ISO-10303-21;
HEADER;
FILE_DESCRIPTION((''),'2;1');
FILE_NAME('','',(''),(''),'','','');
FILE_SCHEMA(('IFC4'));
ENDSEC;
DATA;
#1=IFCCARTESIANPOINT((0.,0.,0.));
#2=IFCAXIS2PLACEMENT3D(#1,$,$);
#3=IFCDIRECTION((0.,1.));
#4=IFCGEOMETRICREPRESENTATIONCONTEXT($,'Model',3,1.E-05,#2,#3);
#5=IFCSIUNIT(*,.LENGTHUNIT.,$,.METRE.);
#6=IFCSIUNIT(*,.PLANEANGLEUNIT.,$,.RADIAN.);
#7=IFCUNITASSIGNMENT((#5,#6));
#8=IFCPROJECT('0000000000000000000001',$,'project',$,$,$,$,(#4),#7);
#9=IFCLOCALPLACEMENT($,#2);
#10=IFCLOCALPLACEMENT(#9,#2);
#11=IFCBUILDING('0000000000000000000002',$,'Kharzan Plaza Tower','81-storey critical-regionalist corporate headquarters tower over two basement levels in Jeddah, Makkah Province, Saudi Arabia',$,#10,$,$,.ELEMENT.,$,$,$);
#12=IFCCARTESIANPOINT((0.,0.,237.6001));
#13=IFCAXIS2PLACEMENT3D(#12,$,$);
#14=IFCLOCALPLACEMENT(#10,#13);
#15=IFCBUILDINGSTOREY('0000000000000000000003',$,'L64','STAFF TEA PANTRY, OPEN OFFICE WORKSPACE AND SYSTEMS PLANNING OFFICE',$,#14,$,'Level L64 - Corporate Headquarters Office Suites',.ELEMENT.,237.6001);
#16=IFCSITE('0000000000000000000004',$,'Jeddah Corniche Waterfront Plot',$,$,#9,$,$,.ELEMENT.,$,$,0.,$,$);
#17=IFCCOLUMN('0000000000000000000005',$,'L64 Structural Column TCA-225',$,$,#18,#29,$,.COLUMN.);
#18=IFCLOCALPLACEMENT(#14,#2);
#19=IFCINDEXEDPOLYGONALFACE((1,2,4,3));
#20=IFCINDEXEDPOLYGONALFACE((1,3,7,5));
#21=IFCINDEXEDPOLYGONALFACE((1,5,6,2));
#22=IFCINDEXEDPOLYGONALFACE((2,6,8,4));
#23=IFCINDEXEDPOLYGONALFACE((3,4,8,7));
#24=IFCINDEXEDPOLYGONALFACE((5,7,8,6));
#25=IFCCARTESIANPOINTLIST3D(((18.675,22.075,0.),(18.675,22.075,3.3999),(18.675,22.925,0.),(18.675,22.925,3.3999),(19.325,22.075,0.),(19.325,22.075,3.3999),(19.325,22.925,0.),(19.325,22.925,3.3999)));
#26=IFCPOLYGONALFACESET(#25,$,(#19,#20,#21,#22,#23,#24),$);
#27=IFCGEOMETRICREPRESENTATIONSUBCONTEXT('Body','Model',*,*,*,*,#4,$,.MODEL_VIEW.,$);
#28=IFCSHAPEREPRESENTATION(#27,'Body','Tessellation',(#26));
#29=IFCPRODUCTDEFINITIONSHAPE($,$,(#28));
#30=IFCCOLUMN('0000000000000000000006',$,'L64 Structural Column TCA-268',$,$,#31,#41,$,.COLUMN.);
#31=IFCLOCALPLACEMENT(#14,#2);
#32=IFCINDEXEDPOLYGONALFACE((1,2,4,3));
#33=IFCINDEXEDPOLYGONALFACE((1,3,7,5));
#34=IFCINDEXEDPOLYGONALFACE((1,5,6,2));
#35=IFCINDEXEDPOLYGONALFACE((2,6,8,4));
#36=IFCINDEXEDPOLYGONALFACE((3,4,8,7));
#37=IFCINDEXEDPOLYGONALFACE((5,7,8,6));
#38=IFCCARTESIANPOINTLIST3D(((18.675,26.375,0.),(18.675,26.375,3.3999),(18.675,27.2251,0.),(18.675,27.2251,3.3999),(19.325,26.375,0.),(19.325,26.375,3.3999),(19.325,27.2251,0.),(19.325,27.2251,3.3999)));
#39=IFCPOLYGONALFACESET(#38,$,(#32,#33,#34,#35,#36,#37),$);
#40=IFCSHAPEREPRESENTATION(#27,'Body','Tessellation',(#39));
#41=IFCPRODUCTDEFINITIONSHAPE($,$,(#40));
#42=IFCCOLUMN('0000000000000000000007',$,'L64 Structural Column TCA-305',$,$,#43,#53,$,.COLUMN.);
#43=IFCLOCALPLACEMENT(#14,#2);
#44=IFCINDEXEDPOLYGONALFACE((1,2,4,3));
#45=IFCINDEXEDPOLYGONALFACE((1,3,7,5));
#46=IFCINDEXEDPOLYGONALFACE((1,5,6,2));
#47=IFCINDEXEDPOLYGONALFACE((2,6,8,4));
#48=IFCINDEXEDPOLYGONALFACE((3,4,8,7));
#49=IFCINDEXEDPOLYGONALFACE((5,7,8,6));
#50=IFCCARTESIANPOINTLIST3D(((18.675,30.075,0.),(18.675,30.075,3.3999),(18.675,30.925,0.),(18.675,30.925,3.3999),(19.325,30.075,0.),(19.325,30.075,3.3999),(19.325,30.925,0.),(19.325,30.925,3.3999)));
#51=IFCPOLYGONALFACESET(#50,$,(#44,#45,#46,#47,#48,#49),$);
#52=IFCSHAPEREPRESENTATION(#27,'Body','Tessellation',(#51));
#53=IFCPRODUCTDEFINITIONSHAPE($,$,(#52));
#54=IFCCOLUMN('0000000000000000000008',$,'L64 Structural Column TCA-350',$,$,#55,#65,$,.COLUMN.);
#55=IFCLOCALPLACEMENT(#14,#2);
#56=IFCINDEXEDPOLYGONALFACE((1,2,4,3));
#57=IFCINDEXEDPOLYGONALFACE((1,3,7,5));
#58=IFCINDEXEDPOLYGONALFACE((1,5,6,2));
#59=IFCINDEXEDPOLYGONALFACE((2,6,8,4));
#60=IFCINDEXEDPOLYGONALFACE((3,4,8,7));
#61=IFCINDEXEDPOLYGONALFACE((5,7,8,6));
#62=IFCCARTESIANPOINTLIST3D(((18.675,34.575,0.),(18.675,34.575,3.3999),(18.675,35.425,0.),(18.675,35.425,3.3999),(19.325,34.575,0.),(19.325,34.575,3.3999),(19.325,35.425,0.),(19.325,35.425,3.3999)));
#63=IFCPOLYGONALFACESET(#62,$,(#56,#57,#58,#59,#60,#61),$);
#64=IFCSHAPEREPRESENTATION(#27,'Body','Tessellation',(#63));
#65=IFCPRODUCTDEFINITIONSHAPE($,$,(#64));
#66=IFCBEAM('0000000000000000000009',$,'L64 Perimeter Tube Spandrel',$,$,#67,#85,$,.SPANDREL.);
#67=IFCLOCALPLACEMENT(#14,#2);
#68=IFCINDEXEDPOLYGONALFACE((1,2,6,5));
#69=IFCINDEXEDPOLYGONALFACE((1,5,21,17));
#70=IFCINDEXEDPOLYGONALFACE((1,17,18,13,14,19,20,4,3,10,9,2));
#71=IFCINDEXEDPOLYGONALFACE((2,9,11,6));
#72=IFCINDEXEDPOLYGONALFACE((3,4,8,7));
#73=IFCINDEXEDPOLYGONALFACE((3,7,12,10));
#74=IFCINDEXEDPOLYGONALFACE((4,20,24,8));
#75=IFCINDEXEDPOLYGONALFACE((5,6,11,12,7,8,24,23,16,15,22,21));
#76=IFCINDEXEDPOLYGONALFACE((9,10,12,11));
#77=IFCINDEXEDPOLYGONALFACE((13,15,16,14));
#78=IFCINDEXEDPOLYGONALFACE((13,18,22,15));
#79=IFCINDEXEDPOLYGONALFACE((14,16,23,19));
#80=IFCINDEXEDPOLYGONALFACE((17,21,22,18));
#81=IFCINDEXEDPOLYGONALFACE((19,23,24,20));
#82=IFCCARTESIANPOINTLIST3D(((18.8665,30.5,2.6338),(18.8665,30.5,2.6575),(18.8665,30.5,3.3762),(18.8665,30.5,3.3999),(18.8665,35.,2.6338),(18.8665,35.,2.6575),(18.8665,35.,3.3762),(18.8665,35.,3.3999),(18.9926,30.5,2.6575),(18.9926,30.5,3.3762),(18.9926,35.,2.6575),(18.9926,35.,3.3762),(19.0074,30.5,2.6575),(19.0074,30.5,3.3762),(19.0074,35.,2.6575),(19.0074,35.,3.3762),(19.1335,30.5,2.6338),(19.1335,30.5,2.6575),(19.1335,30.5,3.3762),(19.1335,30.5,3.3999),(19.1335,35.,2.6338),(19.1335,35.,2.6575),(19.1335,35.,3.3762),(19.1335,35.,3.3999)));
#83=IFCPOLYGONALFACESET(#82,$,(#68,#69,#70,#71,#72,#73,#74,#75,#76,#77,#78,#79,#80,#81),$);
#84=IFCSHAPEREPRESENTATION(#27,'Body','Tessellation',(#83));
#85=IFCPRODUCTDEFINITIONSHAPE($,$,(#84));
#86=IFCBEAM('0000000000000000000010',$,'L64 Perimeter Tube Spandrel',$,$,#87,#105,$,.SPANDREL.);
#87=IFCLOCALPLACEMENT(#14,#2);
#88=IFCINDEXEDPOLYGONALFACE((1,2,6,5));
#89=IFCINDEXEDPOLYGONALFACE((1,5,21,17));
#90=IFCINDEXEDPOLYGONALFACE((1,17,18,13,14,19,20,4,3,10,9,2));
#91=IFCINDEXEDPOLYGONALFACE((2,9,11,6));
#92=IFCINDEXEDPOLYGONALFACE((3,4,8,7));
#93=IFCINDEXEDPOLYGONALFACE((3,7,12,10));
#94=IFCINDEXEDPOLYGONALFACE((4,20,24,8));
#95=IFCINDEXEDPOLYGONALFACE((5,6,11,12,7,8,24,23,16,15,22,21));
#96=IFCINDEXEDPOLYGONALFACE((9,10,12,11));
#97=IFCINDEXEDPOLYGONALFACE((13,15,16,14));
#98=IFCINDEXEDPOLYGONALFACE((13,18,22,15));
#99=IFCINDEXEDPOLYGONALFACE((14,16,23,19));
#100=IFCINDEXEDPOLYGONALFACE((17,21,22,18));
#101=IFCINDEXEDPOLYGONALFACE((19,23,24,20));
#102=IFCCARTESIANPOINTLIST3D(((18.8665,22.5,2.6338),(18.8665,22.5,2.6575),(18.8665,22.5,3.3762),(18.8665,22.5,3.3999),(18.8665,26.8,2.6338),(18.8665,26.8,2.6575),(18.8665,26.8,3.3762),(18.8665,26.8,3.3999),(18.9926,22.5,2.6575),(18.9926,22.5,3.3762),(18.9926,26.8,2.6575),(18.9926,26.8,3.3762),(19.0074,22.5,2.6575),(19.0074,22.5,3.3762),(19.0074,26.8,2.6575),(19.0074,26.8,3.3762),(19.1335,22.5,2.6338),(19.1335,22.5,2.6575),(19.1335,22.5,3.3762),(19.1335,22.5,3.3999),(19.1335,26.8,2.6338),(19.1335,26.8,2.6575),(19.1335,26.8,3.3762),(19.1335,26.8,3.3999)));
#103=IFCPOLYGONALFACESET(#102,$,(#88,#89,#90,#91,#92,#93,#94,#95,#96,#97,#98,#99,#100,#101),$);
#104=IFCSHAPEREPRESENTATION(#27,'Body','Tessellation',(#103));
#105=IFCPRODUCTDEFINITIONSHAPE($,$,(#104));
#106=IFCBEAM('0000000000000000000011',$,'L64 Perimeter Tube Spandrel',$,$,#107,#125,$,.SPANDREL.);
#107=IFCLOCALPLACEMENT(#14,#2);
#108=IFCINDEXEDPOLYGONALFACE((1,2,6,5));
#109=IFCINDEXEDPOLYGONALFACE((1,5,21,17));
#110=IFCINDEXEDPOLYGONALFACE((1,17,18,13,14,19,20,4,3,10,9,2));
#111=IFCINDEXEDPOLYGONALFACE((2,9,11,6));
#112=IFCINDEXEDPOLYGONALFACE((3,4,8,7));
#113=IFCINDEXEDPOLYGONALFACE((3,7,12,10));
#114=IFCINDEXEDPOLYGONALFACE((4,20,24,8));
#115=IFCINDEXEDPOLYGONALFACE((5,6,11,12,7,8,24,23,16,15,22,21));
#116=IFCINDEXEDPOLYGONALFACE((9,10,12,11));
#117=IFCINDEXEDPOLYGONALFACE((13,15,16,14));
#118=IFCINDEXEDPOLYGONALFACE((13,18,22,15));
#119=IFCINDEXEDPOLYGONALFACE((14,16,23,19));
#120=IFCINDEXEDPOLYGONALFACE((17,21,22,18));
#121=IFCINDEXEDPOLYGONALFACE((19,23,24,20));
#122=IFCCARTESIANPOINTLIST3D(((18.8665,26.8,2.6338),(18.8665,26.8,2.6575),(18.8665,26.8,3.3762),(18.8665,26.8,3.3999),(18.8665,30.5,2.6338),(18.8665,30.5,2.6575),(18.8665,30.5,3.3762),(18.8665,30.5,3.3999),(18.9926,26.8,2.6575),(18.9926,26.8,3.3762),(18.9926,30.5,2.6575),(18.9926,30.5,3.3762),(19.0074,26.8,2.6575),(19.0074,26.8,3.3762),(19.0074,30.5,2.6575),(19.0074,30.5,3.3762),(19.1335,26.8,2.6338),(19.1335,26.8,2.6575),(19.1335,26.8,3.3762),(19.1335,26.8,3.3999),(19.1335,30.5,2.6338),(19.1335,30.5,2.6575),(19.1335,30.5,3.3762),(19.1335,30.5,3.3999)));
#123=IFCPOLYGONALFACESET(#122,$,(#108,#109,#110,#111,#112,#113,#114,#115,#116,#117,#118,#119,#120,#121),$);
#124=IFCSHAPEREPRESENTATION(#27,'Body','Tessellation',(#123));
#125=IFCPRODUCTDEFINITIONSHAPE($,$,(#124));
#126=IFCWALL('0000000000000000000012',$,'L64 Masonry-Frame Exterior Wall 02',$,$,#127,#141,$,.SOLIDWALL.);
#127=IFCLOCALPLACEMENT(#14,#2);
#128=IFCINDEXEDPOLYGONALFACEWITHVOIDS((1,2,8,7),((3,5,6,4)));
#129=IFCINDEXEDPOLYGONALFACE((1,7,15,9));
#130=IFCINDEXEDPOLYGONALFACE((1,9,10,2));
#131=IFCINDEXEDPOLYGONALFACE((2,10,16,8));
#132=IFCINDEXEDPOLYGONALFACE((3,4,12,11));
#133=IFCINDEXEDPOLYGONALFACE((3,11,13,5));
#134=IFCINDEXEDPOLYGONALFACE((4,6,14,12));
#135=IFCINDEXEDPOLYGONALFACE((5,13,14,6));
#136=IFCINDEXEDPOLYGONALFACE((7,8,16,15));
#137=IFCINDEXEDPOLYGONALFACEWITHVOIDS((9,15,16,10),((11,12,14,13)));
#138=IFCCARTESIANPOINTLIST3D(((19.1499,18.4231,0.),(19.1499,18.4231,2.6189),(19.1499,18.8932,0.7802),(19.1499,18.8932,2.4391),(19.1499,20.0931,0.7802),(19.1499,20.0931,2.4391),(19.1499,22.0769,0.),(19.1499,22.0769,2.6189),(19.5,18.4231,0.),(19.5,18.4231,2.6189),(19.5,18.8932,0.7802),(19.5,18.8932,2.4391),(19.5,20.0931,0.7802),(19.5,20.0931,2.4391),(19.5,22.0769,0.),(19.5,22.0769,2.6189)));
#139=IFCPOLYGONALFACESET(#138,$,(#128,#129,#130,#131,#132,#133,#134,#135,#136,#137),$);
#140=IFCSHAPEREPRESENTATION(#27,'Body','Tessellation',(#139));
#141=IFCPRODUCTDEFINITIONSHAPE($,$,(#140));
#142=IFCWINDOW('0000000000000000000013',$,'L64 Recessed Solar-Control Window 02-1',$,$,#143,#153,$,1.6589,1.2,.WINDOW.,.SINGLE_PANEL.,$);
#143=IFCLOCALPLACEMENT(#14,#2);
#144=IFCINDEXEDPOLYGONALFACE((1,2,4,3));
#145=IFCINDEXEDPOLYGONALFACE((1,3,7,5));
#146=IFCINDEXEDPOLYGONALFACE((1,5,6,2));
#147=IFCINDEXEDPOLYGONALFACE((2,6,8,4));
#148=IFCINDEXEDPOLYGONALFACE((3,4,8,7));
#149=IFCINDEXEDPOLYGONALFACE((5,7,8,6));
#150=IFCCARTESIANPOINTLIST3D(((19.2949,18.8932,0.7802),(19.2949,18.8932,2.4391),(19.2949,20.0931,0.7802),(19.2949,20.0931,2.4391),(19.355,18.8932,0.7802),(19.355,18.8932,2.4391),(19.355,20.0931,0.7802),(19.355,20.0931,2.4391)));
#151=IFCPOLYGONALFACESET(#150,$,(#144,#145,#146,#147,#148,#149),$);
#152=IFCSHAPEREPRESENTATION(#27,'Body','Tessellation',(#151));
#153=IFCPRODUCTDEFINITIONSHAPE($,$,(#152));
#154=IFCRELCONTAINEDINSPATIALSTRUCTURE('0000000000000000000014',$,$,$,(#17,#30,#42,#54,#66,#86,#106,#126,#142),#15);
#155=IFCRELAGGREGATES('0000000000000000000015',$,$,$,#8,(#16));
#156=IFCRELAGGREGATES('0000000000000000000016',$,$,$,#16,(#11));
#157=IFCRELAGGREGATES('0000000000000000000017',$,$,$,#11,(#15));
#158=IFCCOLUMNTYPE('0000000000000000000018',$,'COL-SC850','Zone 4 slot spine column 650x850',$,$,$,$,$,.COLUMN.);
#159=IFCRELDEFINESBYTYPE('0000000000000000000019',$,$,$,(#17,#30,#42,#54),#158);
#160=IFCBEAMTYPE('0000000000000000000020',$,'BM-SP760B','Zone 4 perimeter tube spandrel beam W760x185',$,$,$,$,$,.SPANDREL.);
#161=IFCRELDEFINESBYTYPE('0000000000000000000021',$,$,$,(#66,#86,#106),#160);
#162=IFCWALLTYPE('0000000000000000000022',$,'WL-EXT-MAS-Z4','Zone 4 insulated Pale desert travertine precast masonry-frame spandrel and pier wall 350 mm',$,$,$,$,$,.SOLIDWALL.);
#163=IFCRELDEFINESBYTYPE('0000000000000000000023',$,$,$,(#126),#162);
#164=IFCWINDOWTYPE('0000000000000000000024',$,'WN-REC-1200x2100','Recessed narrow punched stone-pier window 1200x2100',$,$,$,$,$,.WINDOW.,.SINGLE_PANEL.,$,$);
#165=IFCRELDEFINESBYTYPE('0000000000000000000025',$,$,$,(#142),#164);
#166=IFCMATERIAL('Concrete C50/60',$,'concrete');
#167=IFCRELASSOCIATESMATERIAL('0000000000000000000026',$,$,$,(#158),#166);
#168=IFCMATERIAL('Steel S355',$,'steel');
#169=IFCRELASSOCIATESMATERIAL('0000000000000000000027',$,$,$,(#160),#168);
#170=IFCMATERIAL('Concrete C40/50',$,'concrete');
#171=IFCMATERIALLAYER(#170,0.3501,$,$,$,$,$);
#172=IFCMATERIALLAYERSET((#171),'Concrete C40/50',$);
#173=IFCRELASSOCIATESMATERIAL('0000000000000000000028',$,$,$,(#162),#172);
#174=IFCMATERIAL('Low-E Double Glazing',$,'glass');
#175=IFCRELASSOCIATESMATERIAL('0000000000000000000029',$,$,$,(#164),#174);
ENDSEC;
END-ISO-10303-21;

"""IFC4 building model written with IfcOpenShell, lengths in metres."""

from ifc_helpers import new_model, si_unit, direction, frame, frame_2d, origin, origin_2d, place, context, subcontext, project, spatial, rectangle, i_section, extrude, source, transform, mapped, material, layer, layer_set, material_profile, profile_set, type_object, element, fill, save


model = new_model("IFC4")

# Units and contexts
model_context = context("Model", 3, precision=1e-05, world=origin(), true_north=direction((0.0, 1.0)))
body_context = subcontext(model_context, "Body", "Model", "MODEL_VIEW")
ifc_project = project(units=[si_unit("LENGTHUNIT", "METRE"), si_unit("PLANEANGLEUNIT", "RADIAN")], contexts=[model_context])

# Site, building, storey
site_placement = place(None, origin())
site = spatial("IfcSite", under=ifc_project, at=site_placement, Name="Jeddah Corniche Waterfront Plot", CompositionType="ELEMENT", RefElevation=0.0)
building_placement = place(site_placement, origin())
building = spatial("IfcBuilding", under=site, at=building_placement, Name="Kharzan Plaza Tower", Description="81-storey critical-regionalist corporate headquarters tower over two basement levels in Jeddah, Makkah Province, Saudi Arabia", CompositionType="ELEMENT")
storey_placement = place(building_placement, frame((0.0, 0.0, 237.6001)))
storey = spatial("IfcBuildingStorey", under=building, at=storey_placement, Name="L64", Description="STAFF TEA PANTRY, OPEN OFFICE WORKSPACE AND SYSTEMS PLANNING OFFICE", LongName="Level L64 - Corporate Headquarters Office Suites", CompositionType="ELEMENT", Elevation=237.6001)

# Columns
ifc_material_1 = material(Name="Concrete C50/60", Category="concrete")
ifc_material_profile_1 = material_profile(ifc_material_1, rectangle(XDim=0.6499, YDim=0.8501, at=origin_2d()), Name="RC-SC850x650")
ifc_profile_set_1 = profile_set([ifc_material_profile_1], Name="Concrete C50/60")
column_type = type_object("IfcColumnType", Name="COL-SC850", Description="Zone 4 slot spine column 650x850", PredefinedType="COLUMN", material=ifc_profile_set_1)
shared_shape_1 = source(origin(), body_context, "Body", "SweptSolid", [
    extrude(rectangle(XDim=0.6499, YDim=0.8501, at=origin_2d()), origin(), (0.0, 0.0, 1.0), 3.3999),
])
for number, where, z_axis, x_axis, name in (
    (1, (19.0, 22.5, 0.0), (0.0, 0.0, 1.0), (1.0, 0.0, 0.0), "L64 Structural Column TCA-225"),
    (2, (19.0, 26.8, 0.0), (0.0, 0.0, 1.0), (1.0, 0.0, 0.0), "L64 Structural Column TCA-268"),
    (3, (19.0, 30.5, 0.0), (0.0, 0.0, 1.0), (1.0, 0.0, 0.0), "L64 Structural Column TCA-305"),
    (4, (19.0, 35.0, 0.0), (0.0, 0.0, 1.0), (1.0, 0.0, 0.0), "L64 Structural Column TCA-350"),
):
    element("IfcColumn", number, at=place(storey_placement, frame(where, z_axis=z_axis, x_axis=x_axis)), inside=storey, type_object=column_type, Name=name, PredefinedType="COLUMN", context=body_context, shape_type="MappedRepresentation", body=[
        mapped(shared_shape_1, transform((0.0, 0.0, 0.0), x_axis=(1.0, 0.0, 0.0), y_axis=(0.0, 1.0, 0.0), z_axis=(0.0, 0.0, 1.0))),
    ])

# Beams
ifc_material_2 = material(Name="Steel S355", Category="steel")
ifc_material_profile_2 = material_profile(ifc_material_2, i_section(OverallWidth=0.2671, OverallDepth=0.7661, WebThickness=0.0149, FlangeThickness=0.0237, at=origin_2d()), Name="W760x185")
ifc_profile_set_2 = profile_set([ifc_material_profile_2], Name="Steel S355")
beam_type = type_object("IfcBeamType", Name="BM-SP760B", Description="Zone 4 perimeter tube spandrel beam W760x185", PredefinedType="SPANDREL", material=ifc_profile_set_2)
shared_shape_2 = source(origin(), body_context, "Body", "SweptSolid", [
    extrude(i_section(OverallWidth=0.2671, OverallDepth=0.7661, WebThickness=0.0149, FlangeThickness=0.0237, at=origin_2d()), origin(), (0.0, 0.0, 1.0), 4.5),
])
beam_1_placement = place(storey_placement, frame((19.0, 30.5, 3.0168), z_axis=(0.0, 1.0, 0.0), x_axis=(-1.0, 0.0, 0.0)))
element("IfcBeam", 5, at=beam_1_placement, inside=storey, type_object=beam_type, Name="L64 Perimeter Tube Spandrel", PredefinedType="SPANDREL", context=body_context, shape_type="MappedRepresentation", body=[
    mapped(shared_shape_2, transform((0.0, 0.0, 0.0), x_axis=(1.0, 0.0, 0.0), y_axis=(0.0, 1.0, 0.0), z_axis=(0.0, 0.0, 1.0))),
])
shared_shape_3 = source(origin(), body_context, "Body", "SweptSolid", [
    extrude(i_section(OverallWidth=0.2671, OverallDepth=0.7661, WebThickness=0.0149, FlangeThickness=0.0237, at=origin_2d()), origin(), (0.0, 0.0, 1.0), 4.3),
])
beam_2_placement = place(storey_placement, frame((19.0, 22.5, 3.0168), z_axis=(0.0, 1.0, 0.0), x_axis=(-1.0, 0.0, 0.0)))
element("IfcBeam", 6, at=beam_2_placement, inside=storey, type_object=beam_type, Name="L64 Perimeter Tube Spandrel", PredefinedType="SPANDREL", context=body_context, shape_type="MappedRepresentation", body=[
    mapped(shared_shape_3, transform((0.0, 0.0, 0.0), x_axis=(1.0, 0.0, 0.0), y_axis=(0.0, 1.0, 0.0), z_axis=(0.0, 0.0, 1.0))),
])
shared_shape_4 = source(origin(), body_context, "Body", "SweptSolid", [
    extrude(i_section(OverallWidth=0.2671, OverallDepth=0.7661, WebThickness=0.0149, FlangeThickness=0.0237, at=origin_2d()), origin(), (0.0, 0.0, 1.0), 3.7),
])
beam_3_placement = place(storey_placement, frame((19.0, 26.8, 3.0168), z_axis=(0.0, 1.0, 0.0), x_axis=(-1.0, 0.0, 0.0)))
element("IfcBeam", 7, at=beam_3_placement, inside=storey, type_object=beam_type, Name="L64 Perimeter Tube Spandrel", PredefinedType="SPANDREL", context=body_context, shape_type="MappedRepresentation", body=[
    mapped(shared_shape_4, transform((0.0, 0.0, 0.0), x_axis=(1.0, 0.0, 0.0), y_axis=(0.0, 1.0, 0.0), z_axis=(0.0, 0.0, 1.0))),
])

# Wall, opening, window
ifc_material_3 = material(Name="Concrete C40/50", Category="concrete")
ifc_layer_1 = layer(ifc_material_3, 0.3501)
ifc_layer_set_1 = layer_set([ifc_layer_1], Name="Concrete C40/50")
wall_type_1 = type_object("IfcWallType", Name="WL-EXT-MAS-Z4", Description="Zone 4 insulated Pale desert travertine precast masonry-frame spandrel and pier wall 350 mm", PredefinedType="SOLIDWALL", material=ifc_layer_set_1)
wall_1_placement = place(storey_placement, frame((19.325, 18.4231, 0.0), z_axis=(0.0, 0.0, 1.0), x_axis=(0.0, 1.0, 0.0)))
wall_1 = element("IfcWall", 8, at=wall_1_placement, inside=storey, type_object=wall_type_1, Name="L64 Masonry-Frame Exterior Wall 02", PredefinedType="SOLIDWALL", context=body_context, shape_type="SweptSolid", body=[
    extrude(rectangle(XDim=3.6538, YDim=0.3501, at=frame_2d((1.8269, 0.0))), origin(), (0.0, 0.0, 1.0), 2.6189),
])
opening_1_placement = place(wall_1_placement, frame((0.47, 0.0, 0.78)))
opening_1 = element("IfcOpeningElement", 9, at=opening_1_placement, cuts=wall_1, PredefinedType="OPENING", context=body_context, shape_type="SweptSolid", body=[
    extrude(rectangle(XDim=1.2, YDim=1.6589, at=frame_2d((0.6001, 0.8296))), frame((0.0, 0.1851, 0.0), z_axis=(0.0, -1.0, 0.0), x_axis=(1.0, 0.0, 0.0)), (0.0, 0.0, 1.0), 0.3701),
])
ifc_material_4 = material(Name="Low-E Double Glazing", Category="glass")
window_type_1 = type_object("IfcWindowType", Name="WN-REC-1200x2100", Description="Recessed narrow punched stone-pier window 1200x2100", PartitioningType="SINGLE_PANEL", PredefinedType="WINDOW", material=ifc_material_4)
shared_shape_5 = source(origin(), body_context, "Body", "SweptSolid", [
    extrude(rectangle(XDim=1.2, YDim=1.6589, at=frame_2d((0.6001, 0.8296))), frame((0.0, 0.03, 0.0), z_axis=(0.0, -1.0, 0.0), x_axis=(1.0, 0.0, 0.0)), (0.0, 0.0, 1.0), 0.0601),
])
window_1_placement = place(opening_1_placement, origin())
window_1 = element("IfcWindow", 10, at=window_1_placement, inside=storey, type_object=window_type_1, Name="L64 Recessed Solar-Control Window 02-1", OverallHeight=1.6589, OverallWidth=1.2, PartitioningType="SINGLE_PANEL", PredefinedType="WINDOW", context=body_context, shape_type="MappedRepresentation", body=[
    mapped(shared_shape_5, transform((0.0, 0.0, 0.0), x_axis=(1.0, 0.0, 0.0), y_axis=(0.0, 1.0, 0.0), z_axis=(0.0, 0.0, 1.0))),
])
fill(opening_1, window_1)

save(model, "model.ifc")
